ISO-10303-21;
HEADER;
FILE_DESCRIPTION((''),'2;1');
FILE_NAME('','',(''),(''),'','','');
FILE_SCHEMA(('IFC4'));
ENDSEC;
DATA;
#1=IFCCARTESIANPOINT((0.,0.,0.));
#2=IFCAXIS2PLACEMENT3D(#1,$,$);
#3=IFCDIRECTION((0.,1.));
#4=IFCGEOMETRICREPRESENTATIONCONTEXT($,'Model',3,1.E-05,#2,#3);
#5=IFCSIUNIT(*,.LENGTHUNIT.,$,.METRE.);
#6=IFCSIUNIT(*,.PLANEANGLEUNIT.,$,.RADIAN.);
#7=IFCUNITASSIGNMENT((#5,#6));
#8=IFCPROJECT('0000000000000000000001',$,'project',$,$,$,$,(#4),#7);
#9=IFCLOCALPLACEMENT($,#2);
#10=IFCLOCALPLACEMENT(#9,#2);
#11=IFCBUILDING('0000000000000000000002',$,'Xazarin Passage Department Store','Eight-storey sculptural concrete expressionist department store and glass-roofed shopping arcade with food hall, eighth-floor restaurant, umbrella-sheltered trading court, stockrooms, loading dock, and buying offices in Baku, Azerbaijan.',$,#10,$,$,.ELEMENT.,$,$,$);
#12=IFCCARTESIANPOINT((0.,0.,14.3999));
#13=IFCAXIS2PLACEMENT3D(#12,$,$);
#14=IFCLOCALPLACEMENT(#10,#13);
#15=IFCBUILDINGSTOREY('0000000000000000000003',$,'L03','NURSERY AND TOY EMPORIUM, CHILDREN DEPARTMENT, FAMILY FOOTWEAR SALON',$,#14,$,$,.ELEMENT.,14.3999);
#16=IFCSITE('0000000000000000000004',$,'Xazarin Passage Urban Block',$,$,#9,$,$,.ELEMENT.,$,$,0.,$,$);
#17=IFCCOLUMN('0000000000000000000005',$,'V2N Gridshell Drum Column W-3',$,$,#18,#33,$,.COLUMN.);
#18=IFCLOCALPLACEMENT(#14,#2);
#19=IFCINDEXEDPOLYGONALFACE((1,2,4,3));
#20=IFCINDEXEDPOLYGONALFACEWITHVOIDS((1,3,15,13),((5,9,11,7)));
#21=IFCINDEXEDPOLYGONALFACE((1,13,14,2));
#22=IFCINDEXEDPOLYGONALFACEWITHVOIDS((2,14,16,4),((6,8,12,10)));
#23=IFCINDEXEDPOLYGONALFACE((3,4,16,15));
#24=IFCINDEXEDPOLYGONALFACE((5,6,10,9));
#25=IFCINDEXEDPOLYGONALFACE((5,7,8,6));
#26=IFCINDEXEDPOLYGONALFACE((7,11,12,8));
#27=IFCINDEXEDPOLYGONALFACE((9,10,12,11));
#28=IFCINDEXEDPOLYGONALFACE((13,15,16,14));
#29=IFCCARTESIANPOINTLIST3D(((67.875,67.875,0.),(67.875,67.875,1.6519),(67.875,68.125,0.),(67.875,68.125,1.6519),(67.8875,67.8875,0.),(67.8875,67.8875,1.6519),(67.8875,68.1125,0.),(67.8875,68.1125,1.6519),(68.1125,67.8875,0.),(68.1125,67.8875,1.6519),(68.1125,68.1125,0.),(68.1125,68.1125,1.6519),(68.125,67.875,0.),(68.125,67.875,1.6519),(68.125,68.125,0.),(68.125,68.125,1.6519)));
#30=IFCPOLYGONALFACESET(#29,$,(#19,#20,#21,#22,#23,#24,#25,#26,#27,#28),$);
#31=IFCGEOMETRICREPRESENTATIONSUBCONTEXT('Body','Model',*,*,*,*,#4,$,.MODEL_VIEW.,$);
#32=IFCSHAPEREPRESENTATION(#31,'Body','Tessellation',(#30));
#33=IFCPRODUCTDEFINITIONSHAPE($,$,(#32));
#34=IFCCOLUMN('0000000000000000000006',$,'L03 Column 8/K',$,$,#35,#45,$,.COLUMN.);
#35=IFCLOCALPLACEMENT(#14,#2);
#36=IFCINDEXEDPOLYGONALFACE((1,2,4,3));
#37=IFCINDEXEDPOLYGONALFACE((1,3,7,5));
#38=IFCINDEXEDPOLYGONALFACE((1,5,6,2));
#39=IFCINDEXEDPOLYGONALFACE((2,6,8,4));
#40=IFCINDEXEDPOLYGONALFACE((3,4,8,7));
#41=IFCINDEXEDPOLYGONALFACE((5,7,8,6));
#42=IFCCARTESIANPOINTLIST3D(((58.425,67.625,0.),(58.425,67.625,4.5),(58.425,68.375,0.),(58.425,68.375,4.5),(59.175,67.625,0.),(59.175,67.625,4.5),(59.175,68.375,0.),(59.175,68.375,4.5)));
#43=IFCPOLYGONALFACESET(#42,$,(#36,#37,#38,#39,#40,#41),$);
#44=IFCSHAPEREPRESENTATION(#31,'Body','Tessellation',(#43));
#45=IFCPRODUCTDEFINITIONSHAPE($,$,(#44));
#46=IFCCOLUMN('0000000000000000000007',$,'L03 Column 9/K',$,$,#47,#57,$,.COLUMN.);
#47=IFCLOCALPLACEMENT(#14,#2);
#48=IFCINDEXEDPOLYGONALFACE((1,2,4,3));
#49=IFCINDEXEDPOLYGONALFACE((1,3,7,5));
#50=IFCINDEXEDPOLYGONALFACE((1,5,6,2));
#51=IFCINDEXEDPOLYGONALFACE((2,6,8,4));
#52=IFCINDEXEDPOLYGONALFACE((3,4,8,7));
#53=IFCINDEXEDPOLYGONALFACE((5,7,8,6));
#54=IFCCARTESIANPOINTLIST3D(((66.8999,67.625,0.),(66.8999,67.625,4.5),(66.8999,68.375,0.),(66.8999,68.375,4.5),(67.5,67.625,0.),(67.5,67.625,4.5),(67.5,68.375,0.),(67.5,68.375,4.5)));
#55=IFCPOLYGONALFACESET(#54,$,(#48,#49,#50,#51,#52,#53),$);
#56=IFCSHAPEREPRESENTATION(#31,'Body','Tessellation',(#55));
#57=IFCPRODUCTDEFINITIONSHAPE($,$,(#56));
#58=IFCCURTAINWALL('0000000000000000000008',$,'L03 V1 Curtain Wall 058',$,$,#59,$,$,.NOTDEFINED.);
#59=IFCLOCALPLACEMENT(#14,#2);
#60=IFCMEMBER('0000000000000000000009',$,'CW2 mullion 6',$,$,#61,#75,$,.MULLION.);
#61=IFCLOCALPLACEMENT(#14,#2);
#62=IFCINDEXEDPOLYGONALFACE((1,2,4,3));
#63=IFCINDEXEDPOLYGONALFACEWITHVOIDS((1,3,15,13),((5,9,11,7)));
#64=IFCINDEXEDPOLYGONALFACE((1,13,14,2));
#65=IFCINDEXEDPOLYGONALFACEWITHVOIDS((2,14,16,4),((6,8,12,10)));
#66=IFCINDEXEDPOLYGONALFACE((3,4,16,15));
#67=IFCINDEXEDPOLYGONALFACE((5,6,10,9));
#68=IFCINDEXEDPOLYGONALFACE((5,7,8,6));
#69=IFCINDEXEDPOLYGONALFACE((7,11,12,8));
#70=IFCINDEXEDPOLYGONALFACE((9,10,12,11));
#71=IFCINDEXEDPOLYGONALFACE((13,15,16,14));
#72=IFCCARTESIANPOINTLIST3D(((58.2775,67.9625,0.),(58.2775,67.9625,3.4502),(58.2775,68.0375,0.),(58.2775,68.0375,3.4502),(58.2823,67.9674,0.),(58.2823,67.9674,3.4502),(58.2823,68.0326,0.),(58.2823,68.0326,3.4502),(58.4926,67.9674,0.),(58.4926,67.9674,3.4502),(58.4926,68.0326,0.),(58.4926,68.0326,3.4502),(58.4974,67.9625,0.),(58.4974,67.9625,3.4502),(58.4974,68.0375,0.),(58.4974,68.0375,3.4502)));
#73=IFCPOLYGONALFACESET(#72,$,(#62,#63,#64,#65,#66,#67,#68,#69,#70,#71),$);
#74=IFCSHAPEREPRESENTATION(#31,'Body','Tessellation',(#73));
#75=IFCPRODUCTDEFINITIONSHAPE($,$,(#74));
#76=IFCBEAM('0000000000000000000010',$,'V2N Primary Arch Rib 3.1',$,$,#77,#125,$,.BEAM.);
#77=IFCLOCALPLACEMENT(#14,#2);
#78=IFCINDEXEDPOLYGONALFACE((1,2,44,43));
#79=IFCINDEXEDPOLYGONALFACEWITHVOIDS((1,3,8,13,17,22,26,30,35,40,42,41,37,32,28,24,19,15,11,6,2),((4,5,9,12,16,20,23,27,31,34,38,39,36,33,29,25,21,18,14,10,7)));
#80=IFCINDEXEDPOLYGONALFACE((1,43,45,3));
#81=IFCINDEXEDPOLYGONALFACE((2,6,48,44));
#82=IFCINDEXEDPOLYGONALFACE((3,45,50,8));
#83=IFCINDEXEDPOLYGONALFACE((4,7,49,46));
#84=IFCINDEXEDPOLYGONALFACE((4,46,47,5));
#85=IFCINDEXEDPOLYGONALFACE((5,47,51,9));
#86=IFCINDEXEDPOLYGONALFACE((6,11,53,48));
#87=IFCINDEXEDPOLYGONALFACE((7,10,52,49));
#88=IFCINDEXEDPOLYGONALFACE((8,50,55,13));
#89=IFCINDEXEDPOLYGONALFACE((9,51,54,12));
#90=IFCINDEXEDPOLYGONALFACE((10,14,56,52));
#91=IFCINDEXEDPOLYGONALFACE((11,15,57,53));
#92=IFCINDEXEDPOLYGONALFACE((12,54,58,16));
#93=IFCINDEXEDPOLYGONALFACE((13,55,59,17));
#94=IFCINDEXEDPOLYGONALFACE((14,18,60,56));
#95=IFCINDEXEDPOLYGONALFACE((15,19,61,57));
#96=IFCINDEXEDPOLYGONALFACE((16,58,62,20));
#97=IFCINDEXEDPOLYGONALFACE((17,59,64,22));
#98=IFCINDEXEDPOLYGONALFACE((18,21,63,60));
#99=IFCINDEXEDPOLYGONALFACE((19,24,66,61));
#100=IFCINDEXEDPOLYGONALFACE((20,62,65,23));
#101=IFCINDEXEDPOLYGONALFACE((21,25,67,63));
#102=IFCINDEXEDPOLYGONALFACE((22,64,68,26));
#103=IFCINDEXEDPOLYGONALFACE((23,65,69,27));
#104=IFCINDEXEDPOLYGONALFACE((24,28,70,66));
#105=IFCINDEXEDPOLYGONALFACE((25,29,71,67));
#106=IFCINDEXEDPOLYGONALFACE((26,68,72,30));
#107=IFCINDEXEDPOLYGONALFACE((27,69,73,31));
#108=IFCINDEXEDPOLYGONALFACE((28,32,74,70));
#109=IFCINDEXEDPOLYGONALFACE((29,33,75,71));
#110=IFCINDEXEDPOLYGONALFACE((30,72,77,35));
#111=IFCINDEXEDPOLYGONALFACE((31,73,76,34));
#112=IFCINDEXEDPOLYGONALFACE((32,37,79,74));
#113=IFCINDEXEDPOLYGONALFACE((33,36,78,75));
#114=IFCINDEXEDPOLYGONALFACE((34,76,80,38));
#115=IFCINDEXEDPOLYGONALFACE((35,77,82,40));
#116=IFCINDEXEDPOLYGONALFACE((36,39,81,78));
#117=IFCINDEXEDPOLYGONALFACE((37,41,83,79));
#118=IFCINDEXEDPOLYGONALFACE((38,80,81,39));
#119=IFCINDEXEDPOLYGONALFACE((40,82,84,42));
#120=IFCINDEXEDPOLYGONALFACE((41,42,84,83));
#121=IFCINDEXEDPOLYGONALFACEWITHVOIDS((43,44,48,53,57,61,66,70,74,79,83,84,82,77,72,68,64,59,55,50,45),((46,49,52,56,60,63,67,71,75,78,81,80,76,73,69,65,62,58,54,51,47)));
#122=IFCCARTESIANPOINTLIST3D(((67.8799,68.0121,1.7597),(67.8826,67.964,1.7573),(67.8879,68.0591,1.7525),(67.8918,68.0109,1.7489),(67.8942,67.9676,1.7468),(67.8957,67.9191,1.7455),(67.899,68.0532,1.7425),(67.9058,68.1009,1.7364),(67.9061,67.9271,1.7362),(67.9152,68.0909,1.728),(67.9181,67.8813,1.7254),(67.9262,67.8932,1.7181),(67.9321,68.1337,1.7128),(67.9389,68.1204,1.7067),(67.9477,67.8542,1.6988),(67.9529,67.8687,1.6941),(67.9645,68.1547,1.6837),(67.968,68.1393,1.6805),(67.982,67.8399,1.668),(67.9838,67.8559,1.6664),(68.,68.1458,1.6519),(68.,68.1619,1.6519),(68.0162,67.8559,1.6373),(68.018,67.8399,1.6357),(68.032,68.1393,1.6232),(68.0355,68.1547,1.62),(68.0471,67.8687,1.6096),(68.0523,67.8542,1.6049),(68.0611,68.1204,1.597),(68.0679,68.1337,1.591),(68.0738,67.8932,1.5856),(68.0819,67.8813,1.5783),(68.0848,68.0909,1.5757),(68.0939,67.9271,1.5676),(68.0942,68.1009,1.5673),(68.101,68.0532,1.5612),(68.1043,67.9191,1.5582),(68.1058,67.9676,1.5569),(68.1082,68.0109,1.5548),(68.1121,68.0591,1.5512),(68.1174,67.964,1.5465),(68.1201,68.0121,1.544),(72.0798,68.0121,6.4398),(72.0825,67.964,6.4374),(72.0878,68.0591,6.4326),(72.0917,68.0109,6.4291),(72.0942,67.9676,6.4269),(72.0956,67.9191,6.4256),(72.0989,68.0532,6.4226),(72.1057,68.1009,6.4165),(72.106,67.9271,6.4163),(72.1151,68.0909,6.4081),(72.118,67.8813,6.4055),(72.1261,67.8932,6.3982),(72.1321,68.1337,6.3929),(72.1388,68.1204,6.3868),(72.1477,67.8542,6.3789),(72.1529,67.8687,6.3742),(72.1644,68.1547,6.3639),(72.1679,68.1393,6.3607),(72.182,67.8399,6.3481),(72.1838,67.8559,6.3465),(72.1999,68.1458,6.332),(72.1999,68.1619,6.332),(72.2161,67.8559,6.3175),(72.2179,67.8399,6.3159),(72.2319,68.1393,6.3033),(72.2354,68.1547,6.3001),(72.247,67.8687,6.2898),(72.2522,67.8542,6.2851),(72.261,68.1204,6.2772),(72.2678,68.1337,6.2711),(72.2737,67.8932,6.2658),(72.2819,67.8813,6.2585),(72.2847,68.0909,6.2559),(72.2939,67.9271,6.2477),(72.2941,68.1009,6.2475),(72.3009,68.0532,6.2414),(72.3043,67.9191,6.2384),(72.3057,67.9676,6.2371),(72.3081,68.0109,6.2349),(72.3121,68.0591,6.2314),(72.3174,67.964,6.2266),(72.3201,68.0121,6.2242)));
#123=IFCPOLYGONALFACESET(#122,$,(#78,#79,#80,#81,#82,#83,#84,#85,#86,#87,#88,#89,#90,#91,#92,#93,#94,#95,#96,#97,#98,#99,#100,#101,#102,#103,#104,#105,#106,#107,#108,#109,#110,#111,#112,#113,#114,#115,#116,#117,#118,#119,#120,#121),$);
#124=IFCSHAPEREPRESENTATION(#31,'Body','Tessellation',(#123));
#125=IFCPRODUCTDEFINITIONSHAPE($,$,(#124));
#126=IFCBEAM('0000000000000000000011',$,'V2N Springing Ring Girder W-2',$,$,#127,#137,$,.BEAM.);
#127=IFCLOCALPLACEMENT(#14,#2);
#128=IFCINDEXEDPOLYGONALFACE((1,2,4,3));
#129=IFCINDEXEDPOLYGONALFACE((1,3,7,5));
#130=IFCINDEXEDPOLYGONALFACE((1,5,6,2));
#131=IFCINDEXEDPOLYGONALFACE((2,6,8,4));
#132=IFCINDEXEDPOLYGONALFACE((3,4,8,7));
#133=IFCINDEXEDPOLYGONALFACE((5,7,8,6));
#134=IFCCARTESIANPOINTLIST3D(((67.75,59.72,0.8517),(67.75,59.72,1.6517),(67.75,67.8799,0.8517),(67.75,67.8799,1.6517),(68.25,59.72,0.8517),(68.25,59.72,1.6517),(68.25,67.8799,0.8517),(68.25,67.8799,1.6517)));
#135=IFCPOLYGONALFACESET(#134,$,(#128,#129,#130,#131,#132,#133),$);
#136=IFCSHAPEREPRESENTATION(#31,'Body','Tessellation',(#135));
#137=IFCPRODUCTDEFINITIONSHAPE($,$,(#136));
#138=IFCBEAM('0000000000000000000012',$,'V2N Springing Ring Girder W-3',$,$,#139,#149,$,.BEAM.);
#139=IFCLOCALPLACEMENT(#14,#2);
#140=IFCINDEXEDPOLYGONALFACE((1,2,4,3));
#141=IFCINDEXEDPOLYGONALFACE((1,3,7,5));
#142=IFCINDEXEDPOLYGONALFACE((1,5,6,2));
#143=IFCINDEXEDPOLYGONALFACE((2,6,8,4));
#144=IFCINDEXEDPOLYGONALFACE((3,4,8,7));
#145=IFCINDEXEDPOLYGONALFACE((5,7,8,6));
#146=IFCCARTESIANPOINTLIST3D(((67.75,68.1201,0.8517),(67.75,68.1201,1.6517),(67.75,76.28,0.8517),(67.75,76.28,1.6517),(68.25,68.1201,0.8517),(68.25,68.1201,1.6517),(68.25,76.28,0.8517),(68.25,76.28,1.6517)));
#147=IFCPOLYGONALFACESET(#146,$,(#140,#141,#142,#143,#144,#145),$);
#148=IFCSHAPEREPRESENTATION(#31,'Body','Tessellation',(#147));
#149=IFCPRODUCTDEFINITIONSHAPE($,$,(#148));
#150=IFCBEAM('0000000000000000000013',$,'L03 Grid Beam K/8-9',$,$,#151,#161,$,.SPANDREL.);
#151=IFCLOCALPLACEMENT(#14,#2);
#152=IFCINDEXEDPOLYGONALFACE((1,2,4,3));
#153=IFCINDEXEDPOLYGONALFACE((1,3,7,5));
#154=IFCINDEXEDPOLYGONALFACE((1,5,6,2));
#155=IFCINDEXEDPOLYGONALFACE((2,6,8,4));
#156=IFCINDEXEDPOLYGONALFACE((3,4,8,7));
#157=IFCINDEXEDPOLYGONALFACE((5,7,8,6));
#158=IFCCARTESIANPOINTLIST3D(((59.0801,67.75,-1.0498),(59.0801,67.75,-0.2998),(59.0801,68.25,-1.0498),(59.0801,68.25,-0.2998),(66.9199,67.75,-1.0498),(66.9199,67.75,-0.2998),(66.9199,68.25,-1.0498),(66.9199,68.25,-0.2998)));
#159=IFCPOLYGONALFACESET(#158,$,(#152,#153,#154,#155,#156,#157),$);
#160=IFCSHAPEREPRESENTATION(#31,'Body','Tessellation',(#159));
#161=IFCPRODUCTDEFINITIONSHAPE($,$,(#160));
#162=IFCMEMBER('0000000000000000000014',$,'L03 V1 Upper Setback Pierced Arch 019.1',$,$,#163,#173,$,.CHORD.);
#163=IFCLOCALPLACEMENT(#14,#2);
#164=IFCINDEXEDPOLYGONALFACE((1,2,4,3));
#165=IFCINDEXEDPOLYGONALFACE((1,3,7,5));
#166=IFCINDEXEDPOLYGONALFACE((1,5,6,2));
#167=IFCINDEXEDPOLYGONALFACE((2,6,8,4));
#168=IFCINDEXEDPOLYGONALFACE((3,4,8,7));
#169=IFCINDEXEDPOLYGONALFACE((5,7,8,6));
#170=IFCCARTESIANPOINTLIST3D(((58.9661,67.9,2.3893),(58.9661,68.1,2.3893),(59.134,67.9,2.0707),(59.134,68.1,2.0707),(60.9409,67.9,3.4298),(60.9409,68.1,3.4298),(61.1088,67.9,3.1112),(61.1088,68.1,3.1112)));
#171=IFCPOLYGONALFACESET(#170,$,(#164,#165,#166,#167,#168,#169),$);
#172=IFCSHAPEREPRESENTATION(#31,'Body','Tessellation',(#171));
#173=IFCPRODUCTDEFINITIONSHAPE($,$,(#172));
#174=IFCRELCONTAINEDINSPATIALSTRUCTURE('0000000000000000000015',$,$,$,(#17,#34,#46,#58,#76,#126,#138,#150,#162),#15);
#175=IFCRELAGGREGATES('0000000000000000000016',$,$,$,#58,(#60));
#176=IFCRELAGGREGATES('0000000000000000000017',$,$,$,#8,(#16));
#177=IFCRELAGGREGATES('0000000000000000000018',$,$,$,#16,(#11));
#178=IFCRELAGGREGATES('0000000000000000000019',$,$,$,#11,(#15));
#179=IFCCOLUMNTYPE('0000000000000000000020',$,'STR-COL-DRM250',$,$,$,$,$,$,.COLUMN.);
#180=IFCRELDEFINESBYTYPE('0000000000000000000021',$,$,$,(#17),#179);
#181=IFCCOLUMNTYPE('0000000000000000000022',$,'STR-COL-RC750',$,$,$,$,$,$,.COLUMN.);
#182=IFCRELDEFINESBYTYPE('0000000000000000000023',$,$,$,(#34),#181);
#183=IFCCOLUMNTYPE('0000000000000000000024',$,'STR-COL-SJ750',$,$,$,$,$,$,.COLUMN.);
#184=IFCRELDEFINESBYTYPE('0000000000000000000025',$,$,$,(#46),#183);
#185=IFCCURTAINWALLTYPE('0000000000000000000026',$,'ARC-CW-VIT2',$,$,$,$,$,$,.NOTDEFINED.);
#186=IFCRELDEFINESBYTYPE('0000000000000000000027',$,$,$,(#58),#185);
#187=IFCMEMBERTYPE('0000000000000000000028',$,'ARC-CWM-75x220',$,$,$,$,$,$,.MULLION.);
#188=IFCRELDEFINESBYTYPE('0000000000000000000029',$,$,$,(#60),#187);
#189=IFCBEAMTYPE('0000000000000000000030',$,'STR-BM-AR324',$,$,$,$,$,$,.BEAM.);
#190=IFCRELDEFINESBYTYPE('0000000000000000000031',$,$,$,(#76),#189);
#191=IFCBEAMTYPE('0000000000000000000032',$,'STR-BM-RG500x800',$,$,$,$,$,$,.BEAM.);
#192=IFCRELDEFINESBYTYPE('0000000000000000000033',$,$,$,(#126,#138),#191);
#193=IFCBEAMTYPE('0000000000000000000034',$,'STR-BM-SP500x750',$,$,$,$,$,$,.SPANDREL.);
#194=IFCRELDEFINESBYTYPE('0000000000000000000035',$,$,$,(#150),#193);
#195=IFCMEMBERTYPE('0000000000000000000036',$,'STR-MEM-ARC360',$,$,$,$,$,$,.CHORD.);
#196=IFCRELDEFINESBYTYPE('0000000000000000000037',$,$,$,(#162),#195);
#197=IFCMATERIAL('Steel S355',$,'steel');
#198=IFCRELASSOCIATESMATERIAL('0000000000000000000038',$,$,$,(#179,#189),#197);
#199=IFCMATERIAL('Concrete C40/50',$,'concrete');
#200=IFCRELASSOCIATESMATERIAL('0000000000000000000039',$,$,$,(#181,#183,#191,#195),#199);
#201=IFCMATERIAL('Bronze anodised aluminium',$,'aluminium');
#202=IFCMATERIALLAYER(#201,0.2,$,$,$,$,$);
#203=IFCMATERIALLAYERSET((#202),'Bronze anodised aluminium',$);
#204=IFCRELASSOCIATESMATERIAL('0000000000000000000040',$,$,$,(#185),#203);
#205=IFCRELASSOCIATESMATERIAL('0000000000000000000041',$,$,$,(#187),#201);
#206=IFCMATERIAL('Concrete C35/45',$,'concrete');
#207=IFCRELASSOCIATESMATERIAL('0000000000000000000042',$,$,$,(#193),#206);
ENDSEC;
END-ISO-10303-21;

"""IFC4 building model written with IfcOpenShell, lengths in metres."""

from ifc_helpers import new_model, si_unit, direction, frame, origin, origin_2d, place, context, subcontext, project, spatial, rectangle, hollow_rectangle, hollow_circle, extrude, material, layer, layer_set, material_profile, profile_set, type_object, element, aggregate, save


model = new_model("IFC4")

# Units and contexts
model_context = context("Model", 3, precision=1e-05, world=origin(), true_north=direction((0.0, 1.0)))
body_context = subcontext(model_context, "Body", "Model", "MODEL_VIEW")
ifc_project = project(units=[si_unit("LENGTHUNIT", "METRE"), si_unit("PLANEANGLEUNIT", "RADIAN")], contexts=[model_context])

# Site, building, storey
site_placement = place(None, origin())
site = spatial("IfcSite", under=ifc_project, at=site_placement, Name="Xazarin Passage Urban Block", CompositionType="ELEMENT", RefElevation=0.0)
building_placement = place(site_placement, origin())
building = spatial("IfcBuilding", under=site, at=building_placement, Name="Xazarin Passage Department Store", Description="Eight-storey sculptural concrete expressionist department store and glass-roofed shopping arcade with food hall, eighth-floor restaurant, umbrella-sheltered trading court, stockrooms, loading dock, and buying offices in Baku, Azerbaijan.", CompositionType="ELEMENT")
storey_placement = place(building_placement, frame((0.0, 0.0, 14.3999)))
storey = spatial("IfcBuildingStorey", under=building, at=storey_placement, Name="L03", Description="NURSERY AND TOY EMPORIUM, CHILDREN DEPARTMENT, FAMILY FOOTWEAR SALON", CompositionType="ELEMENT", Elevation=14.3999)

# Columns
ifc_material_1 = material(Name="Steel S355", Category="steel")
ifc_material_profile_1 = material_profile(ifc_material_1, hollow_rectangle(XDim=0.25, YDim=0.25, WallThickness=0.0125, at=origin_2d()), Name="SHS 250x250x12.5")
ifc_profile_set_1 = profile_set([ifc_material_profile_1], Name="Steel S355")
column_type_1 = type_object("IfcColumnType", Name="STR-COL-DRM250", PredefinedType="COLUMN", material=ifc_profile_set_1)
column_1_placement = place(storey_placement, frame((68.0, 68.0, 0.0), z_axis=(0.0, 0.0, 1.0), x_axis=(1.0, 0.0, 0.0)))
element("IfcColumn", 1, at=column_1_placement, inside=storey, type_object=column_type_1, Name="V2N Gridshell Drum Column W-3", PredefinedType="COLUMN", context=body_context, shape_type="SweptSolid", body=[
    extrude(hollow_rectangle(XDim=0.25, YDim=0.25, WallThickness=0.0125, at=origin_2d()), origin(), (0.0, 0.0, 1.0), 1.6519),
])
ifc_material_2 = material(Name="Concrete C40/50", Category="concrete")
ifc_material_profile_2 = material_profile(ifc_material_2, rectangle(XDim=0.75, YDim=0.75, at=origin_2d()), Name="RC 750x750")
ifc_profile_set_2 = profile_set([ifc_material_profile_2], Name="Concrete C40/50")
column_type_2 = type_object("IfcColumnType", Name="STR-COL-RC750", PredefinedType="COLUMN", material=ifc_profile_set_2)
column_2_placement = place(storey_placement, frame((58.8, 68.0, 0.0), z_axis=(0.0, 0.0, 1.0), x_axis=(1.0, 0.0, 0.0)))
element("IfcColumn", 2, at=column_2_placement, inside=storey, type_object=column_type_2, Name="L03 Column 8/K", PredefinedType="COLUMN", context=body_context, shape_type="SweptSolid", body=[
    extrude(rectangle(XDim=0.75, YDim=0.75, at=origin_2d()), origin(), (0.0, 0.0, 1.0), 4.5),
])
ifc_material_profile_3 = material_profile(ifc_material_2, rectangle(XDim=0.6001, YDim=0.75, at=origin_2d()), Name="RC 600x750")
ifc_profile_set_3 = profile_set([ifc_material_profile_3], Name="Concrete C40/50")
column_type_3 = type_object("IfcColumnType", Name="STR-COL-SJ750", PredefinedType="COLUMN", material=ifc_profile_set_3)
column_3_placement = place(storey_placement, frame((67.2, 68.0, 0.0), z_axis=(0.0, 0.0, 1.0), x_axis=(1.0, 0.0, 0.0)))
element("IfcColumn", 3, at=column_3_placement, inside=storey, type_object=column_type_3, Name="L03 Column 9/K", PredefinedType="COLUMN", context=body_context, shape_type="SweptSolid", body=[
    extrude(rectangle(XDim=0.6001, YDim=0.75, at=origin_2d()), origin(), (0.0, 0.0, 1.0), 4.5),
])

# Curtain wall, member
ifc_material_3 = material(Name="Bronze anodised aluminium", Category="aluminium")
ifc_layer_1 = layer(ifc_material_3, 0.2)
ifc_layer_set_1 = layer_set([ifc_layer_1], Name="Bronze anodised aluminium")
curtain_wall_type = type_object("IfcCurtainWallType", Name="ARC-CW-VIT2", PredefinedType="NOTDEFINED", material=ifc_layer_set_1)
curtain_wall_placement = place(storey_placement, origin())
curtain_wall = element("IfcCurtainWall", 4, at=curtain_wall_placement, inside=storey, type_object=curtain_wall_type, Name="L03 V1 Curtain Wall 058", PredefinedType="NOTDEFINED")
ifc_material_profile_4 = material_profile(ifc_material_3, hollow_rectangle(XDim=0.075, YDim=0.22, WallThickness=0.0049, at=origin_2d()), Name="ALU 75x220")
ifc_profile_set_4 = profile_set([ifc_material_profile_4], Name="Bronze anodised aluminium")
member_type_1 = type_object("IfcMemberType", Name="ARC-CWM-75x220", PredefinedType="MULLION", material=ifc_profile_set_4)
member_1_placement = place(storey_placement, frame((58.3875, 68.0, 0.0), z_axis=(0.0, 0.0, 1.0), x_axis=(0.0, 1.0, 0.0)))
member_1 = element("IfcMember", 5, at=member_1_placement, type_object=member_type_1, Name="CW2 mullion 6", PredefinedType="MULLION", context=body_context, shape_type="SweptSolid", body=[
    extrude(hollow_rectangle(XDim=0.075, YDim=0.22, WallThickness=0.0049, at=origin_2d()), origin(), (0.0, 0.0, 1.0), 3.4502),
])

# Beams
ifc_material_profile_5 = material_profile(ifc_material_1, hollow_circle(Radius=0.1619, WallThickness=0.0161, at=origin_2d()), Name="CHS 323.9x16")
ifc_profile_set_5 = profile_set([ifc_material_profile_5], Name="Steel S355")
beam_type_1 = type_object("IfcBeamType", Name="STR-BM-AR324", PredefinedType="BEAM", material=ifc_profile_set_5)
beam_1_placement = place(storey_placement, frame((68.0, 68.0, 1.6519), z_axis=(0.667892, 0.0, 0.744259), x_axis=(0.0, 1.0, 0.0)))
element("IfcBeam", 6, at=beam_1_placement, inside=storey, type_object=beam_type_1, Name="V2N Primary Arch Rib 3.1", PredefinedType="BEAM", context=body_context, shape_type="SweptSolid", body=[
    extrude(hollow_circle(Radius=0.1619, WallThickness=0.0161, at=origin_2d()), origin(), (0.0, 0.0, 1.0), 6.2883),
])
ifc_material_profile_6 = material_profile(ifc_material_2, rectangle(XDim=0.5, YDim=0.8, at=origin_2d()), Name="RC 500x800")
ifc_profile_set_6 = profile_set([ifc_material_profile_6], Name="Concrete C40/50")
beam_type_2 = type_object("IfcBeamType", Name="STR-BM-RG500x800", PredefinedType="BEAM", material=ifc_profile_set_6)
for number, where, z_axis, x_axis, name in (
    (7, (68.0, 59.72, 1.2517), (0.0, 1.0, 0.0), (-1.0, 0.0, 0.0), "V2N Springing Ring Girder W-2"),
    (8, (68.0, 68.1201, 1.2517), (0.0, 1.0, 0.0), (-1.0, 0.0, 0.0), "V2N Springing Ring Girder W-3"),
):
    element("IfcBeam", number, at=place(storey_placement, frame(where, z_axis=z_axis, x_axis=x_axis)), inside=storey, type_object=beam_type_2, Name=name, PredefinedType="BEAM", context=body_context, shape_type="SweptSolid", body=[
        extrude(rectangle(XDim=0.5, YDim=0.8, at=origin_2d()), origin(), (0.0, 0.0, 1.0), 8.1599),
    ])
ifc_material_4 = material(Name="Concrete C35/45", Category="concrete")
ifc_material_profile_7 = material_profile(ifc_material_4, rectangle(XDim=0.5, YDim=0.75, at=origin_2d()), Name="RC 500x750")
ifc_profile_set_7 = profile_set([ifc_material_profile_7], Name="Concrete C35/45")
beam_type_3 = type_object("IfcBeamType", Name="STR-BM-SP500x750", PredefinedType="SPANDREL", material=ifc_profile_set_7)
beam_2_placement = place(storey_placement, frame((59.0801, 68.0, -0.6748), z_axis=(1.0, 0.0, 0.0), x_axis=(0.0, 1.0, 0.0)))
element("IfcBeam", 9, at=beam_2_placement, inside=storey, type_object=beam_type_3, Name="L03 Grid Beam K/8-9", PredefinedType="SPANDREL", context=body_context, shape_type="SweptSolid", body=[
    extrude(rectangle(XDim=0.5, YDim=0.75, at=origin_2d()), origin(), (0.0, 0.0, 1.0), 7.8398),
])

# Member
ifc_material_profile_8 = material_profile(ifc_material_2, rectangle(XDim=0.2, YDim=0.3601, at=origin_2d()), Name="RC 200x360")
ifc_profile_set_8 = profile_set([ifc_material_profile_8], Name="Concrete C40/50")
member_type_2 = type_object("IfcMemberType", Name="STR-MEM-ARC360", PredefinedType="CHORD", material=ifc_profile_set_8)
member_2_placement = place(storey_placement, frame((59.05, 68.0, 2.23), z_axis=(0.884709, 0.0, 0.466143), x_axis=(0.0, 1.0, 0.0)))
element("IfcMember", 10, at=member_2_placement, inside=storey, type_object=member_type_2, Name="L03 V1 Upper Setback Pierced Arch 019.1", PredefinedType="CHORD", context=body_context, shape_type="SweptSolid", body=[
    extrude(rectangle(XDim=0.2, YDim=0.3601, at=origin_2d()), origin(), (0.0, 0.0, 1.0), 2.2322),
])

aggregate(curtain_wall, [member_1])

save(model, "model.ifc")
